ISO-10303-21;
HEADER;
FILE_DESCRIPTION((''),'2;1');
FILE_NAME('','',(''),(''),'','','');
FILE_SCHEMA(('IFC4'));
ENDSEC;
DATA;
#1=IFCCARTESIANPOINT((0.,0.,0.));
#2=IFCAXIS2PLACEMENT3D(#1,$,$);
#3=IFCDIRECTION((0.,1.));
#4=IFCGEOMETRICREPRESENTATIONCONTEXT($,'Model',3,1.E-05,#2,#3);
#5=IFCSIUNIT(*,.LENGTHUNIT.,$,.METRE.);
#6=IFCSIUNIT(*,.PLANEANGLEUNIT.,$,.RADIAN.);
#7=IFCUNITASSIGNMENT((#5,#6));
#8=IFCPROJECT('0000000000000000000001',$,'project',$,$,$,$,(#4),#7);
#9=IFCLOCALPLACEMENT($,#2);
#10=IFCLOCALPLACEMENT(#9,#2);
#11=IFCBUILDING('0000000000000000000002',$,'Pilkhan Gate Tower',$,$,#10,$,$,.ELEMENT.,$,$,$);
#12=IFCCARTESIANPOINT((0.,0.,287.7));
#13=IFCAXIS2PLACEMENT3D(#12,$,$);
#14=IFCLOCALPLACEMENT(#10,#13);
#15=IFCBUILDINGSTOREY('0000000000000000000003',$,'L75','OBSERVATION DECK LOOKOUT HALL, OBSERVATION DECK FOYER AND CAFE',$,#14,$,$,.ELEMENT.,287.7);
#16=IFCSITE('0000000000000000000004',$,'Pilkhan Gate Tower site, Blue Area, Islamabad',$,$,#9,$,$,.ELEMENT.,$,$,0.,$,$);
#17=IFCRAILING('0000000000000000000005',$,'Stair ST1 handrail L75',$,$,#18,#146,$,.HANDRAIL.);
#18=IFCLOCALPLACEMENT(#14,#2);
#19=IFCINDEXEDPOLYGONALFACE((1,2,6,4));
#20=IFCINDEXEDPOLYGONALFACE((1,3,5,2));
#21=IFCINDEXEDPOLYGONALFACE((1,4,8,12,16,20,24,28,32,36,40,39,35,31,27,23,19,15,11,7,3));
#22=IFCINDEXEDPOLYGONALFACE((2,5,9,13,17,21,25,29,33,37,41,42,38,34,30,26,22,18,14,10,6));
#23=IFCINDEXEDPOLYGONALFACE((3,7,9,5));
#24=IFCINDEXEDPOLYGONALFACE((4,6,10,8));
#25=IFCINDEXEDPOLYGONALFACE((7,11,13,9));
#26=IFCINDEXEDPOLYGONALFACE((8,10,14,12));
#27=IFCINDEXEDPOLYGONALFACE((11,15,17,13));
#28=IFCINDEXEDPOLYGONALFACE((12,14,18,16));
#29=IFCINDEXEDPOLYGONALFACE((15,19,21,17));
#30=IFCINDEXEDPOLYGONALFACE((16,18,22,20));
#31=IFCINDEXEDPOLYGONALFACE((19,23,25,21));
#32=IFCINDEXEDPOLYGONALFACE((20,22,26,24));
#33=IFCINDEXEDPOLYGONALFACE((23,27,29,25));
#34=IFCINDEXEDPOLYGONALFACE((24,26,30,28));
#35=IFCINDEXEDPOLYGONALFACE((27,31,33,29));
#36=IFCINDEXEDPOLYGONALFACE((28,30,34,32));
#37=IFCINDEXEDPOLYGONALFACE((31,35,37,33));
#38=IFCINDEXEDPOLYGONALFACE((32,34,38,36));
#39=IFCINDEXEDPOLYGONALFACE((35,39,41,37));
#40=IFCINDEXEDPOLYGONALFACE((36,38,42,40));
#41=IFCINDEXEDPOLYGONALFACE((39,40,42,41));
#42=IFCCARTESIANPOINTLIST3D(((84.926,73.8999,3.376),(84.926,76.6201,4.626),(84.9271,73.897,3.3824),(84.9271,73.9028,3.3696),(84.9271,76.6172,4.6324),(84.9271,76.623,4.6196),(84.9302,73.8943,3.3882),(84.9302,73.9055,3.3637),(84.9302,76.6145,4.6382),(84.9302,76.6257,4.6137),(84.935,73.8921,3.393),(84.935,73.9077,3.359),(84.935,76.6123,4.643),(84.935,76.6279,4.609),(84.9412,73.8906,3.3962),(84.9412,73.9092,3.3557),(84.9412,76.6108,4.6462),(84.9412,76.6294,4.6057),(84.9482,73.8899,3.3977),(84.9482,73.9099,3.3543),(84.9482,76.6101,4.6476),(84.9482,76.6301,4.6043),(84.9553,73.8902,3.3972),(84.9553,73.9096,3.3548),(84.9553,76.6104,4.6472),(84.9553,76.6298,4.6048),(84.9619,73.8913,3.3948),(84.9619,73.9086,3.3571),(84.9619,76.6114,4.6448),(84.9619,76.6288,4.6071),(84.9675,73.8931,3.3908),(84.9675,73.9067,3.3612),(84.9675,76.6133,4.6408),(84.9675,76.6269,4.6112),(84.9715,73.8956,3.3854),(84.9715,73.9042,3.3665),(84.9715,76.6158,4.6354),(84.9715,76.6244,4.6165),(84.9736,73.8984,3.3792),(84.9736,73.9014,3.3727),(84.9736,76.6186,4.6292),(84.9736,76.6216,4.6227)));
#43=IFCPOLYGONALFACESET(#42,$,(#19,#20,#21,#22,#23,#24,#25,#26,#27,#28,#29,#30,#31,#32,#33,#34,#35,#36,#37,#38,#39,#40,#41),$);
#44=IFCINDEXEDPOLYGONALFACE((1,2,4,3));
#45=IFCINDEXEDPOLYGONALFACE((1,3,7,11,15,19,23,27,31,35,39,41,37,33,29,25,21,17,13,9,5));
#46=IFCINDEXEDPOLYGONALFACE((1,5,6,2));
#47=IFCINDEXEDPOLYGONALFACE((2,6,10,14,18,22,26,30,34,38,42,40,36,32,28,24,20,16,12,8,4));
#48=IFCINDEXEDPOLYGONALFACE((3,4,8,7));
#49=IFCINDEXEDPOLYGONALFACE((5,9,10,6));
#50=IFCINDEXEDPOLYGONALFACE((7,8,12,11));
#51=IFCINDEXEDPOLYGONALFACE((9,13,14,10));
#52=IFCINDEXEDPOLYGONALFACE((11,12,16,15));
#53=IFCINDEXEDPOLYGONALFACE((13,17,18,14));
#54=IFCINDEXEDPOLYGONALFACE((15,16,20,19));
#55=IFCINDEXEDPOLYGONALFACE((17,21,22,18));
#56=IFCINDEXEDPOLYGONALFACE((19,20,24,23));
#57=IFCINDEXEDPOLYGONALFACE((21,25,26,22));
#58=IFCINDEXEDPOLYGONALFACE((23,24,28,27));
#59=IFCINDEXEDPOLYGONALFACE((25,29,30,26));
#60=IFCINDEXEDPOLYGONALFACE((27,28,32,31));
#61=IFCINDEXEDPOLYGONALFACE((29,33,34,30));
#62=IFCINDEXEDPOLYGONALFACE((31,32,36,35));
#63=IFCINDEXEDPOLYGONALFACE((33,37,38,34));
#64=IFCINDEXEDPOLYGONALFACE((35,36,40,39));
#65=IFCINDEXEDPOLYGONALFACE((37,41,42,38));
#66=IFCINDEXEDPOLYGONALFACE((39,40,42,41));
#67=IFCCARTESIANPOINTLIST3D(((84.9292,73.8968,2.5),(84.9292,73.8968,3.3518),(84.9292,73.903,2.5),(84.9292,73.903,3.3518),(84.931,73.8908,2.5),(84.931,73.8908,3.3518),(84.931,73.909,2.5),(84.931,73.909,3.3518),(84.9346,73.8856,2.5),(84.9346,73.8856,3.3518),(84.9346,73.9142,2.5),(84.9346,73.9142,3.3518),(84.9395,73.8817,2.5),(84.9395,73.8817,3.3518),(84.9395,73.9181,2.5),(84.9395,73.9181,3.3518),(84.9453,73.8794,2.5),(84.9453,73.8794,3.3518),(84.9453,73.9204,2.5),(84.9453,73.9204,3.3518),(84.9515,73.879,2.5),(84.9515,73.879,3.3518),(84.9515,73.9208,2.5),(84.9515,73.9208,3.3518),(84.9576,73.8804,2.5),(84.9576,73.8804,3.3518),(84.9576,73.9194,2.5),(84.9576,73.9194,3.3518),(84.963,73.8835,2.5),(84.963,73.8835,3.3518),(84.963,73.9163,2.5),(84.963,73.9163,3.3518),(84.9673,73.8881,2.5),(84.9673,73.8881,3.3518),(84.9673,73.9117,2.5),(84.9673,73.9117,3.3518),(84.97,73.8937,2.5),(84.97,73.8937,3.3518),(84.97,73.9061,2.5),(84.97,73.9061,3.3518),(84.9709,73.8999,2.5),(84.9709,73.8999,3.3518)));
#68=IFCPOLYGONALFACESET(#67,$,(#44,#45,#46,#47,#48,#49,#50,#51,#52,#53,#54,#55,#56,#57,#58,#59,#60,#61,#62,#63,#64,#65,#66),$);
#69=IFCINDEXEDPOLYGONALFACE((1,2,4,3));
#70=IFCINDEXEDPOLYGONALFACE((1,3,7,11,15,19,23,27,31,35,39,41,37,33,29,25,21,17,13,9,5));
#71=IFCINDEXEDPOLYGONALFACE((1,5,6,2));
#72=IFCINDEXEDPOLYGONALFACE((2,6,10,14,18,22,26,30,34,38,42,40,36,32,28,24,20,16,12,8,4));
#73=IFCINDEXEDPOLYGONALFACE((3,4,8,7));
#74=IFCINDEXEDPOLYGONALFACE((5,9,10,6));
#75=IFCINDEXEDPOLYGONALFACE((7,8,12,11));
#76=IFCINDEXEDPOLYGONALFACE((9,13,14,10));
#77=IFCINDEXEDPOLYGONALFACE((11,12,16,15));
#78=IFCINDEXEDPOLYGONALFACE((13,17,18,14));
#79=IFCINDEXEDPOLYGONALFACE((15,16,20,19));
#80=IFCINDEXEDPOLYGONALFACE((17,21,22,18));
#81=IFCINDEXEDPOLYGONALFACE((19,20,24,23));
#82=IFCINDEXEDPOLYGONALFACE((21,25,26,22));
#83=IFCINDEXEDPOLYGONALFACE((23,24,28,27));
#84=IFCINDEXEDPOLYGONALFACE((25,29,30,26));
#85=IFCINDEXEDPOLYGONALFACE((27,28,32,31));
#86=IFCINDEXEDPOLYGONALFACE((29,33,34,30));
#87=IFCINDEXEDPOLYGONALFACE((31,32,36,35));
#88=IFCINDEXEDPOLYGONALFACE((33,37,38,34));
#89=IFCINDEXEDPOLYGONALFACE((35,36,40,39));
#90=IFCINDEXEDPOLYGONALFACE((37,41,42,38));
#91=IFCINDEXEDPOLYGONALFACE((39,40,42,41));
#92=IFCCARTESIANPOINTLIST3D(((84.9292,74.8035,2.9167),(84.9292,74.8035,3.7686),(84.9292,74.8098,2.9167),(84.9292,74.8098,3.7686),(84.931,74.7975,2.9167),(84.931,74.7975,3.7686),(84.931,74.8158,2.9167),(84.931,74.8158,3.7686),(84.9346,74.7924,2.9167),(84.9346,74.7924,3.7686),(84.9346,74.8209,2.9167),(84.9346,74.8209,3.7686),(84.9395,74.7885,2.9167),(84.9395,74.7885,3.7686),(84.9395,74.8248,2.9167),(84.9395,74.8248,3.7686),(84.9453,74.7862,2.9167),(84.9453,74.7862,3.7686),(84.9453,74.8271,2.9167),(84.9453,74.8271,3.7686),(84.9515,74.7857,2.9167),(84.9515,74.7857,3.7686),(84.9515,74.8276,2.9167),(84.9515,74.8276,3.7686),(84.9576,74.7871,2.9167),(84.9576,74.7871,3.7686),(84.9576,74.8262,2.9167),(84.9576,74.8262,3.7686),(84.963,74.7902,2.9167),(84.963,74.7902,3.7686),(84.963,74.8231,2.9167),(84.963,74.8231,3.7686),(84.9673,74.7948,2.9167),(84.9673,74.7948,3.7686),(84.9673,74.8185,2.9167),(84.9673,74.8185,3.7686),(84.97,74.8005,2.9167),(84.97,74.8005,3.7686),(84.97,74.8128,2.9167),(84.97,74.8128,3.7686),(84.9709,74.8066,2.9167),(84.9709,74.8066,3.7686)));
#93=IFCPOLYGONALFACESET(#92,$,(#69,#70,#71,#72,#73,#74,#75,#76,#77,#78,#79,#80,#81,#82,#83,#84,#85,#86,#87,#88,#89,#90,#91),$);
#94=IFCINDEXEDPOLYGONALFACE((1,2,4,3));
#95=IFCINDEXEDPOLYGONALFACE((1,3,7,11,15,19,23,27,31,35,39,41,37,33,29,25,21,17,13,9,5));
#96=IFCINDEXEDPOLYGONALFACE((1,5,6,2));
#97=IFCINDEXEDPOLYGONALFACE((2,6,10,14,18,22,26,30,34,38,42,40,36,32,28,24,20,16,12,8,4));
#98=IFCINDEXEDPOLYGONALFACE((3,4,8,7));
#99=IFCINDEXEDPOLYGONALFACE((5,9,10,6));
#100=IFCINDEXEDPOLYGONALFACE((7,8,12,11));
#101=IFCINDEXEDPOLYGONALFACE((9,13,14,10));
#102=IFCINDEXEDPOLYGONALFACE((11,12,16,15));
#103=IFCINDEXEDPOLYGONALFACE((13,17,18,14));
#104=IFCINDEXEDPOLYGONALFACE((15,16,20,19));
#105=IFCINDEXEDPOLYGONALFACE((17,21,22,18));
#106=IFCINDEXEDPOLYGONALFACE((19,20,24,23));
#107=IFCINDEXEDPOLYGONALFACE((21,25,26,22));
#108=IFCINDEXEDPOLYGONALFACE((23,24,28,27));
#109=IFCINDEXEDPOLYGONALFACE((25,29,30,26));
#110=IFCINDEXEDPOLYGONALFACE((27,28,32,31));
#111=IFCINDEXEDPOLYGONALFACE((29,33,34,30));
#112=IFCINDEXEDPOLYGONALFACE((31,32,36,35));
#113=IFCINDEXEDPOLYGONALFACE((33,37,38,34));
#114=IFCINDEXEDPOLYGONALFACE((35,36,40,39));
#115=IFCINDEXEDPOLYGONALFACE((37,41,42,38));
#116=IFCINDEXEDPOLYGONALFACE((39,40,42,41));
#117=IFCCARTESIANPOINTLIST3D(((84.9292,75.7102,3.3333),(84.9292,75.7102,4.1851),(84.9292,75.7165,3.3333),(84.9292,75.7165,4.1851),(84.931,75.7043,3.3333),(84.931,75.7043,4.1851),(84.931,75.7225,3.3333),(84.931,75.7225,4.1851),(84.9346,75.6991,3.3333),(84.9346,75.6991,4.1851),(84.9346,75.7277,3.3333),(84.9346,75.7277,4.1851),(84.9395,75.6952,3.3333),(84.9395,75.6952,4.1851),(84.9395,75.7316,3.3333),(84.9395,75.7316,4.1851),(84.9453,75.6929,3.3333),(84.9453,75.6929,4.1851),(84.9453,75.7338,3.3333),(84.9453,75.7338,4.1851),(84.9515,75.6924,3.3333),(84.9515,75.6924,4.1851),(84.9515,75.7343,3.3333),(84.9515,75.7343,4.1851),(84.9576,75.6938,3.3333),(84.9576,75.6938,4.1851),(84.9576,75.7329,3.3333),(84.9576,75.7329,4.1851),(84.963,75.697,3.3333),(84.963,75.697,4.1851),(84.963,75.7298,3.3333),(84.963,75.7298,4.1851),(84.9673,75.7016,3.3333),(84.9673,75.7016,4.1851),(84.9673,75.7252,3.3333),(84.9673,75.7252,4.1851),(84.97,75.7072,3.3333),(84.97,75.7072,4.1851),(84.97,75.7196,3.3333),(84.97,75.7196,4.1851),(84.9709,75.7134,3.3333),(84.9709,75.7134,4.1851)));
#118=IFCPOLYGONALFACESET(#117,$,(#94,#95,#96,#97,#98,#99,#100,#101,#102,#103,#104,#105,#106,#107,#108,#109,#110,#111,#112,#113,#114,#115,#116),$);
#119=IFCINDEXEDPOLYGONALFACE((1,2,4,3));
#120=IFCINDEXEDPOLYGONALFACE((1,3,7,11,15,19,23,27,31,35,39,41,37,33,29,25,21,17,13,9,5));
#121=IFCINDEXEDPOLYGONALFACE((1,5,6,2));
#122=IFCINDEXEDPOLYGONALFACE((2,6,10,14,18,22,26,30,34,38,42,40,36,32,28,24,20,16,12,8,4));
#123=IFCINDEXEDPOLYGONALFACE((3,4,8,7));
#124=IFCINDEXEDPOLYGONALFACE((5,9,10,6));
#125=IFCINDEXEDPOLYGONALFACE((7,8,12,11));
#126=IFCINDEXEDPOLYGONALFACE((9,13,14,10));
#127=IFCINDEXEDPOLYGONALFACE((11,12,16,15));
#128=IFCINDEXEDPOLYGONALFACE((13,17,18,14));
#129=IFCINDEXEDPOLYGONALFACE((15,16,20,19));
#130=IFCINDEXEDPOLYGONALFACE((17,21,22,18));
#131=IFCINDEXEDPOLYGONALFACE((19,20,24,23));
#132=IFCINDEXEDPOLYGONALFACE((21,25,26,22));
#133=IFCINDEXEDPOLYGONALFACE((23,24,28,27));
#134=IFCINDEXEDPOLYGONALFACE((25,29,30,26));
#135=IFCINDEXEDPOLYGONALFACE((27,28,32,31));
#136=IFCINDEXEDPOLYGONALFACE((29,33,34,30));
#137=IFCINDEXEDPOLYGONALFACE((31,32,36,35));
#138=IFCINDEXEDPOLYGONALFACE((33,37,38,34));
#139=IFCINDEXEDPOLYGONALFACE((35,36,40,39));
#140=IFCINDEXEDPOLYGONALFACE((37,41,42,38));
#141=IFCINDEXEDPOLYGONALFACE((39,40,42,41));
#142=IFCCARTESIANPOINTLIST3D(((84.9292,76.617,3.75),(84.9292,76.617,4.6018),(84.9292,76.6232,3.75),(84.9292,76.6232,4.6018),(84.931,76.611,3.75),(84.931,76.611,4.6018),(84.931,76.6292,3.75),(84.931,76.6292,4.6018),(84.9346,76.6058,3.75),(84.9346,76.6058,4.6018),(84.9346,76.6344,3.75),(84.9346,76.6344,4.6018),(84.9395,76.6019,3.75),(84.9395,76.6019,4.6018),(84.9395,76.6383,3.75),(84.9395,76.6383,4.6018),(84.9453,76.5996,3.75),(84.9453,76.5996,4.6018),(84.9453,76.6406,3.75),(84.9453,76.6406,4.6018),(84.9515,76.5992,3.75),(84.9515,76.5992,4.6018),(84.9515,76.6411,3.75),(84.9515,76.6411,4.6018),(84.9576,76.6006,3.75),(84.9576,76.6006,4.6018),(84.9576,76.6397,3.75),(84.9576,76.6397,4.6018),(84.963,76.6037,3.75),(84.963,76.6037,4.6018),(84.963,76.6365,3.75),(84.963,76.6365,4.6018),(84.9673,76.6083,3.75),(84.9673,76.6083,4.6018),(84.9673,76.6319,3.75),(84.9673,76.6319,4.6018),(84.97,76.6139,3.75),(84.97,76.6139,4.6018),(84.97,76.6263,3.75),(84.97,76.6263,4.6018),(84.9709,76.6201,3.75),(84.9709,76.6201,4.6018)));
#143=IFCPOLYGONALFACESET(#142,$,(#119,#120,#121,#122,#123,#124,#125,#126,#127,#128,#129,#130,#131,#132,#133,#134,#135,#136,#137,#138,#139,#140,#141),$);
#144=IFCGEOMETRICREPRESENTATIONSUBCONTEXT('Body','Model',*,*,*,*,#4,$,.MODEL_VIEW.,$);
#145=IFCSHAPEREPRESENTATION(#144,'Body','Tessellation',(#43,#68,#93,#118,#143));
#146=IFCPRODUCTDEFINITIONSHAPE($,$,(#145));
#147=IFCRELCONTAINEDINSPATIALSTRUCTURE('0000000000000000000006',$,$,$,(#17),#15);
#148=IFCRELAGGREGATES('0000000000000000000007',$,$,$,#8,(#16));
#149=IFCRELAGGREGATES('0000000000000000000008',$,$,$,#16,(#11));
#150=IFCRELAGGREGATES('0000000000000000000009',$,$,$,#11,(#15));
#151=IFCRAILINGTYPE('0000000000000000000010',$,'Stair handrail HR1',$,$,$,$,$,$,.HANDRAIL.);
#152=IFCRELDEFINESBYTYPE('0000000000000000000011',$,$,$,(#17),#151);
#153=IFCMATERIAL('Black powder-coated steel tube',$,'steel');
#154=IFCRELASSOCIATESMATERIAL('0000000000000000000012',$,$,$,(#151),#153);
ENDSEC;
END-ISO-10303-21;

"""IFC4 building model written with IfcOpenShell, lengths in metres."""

from ifc_helpers import new_model, si_unit, direction, frame, origin, origin_2d, place, context, subcontext, project, spatial, circle, extrude, material, type_object, element, save


model = new_model("IFC4")

# Units and contexts
model_context = context("Model", 3, precision=1e-05, world=origin(), true_north=direction((0.0, 1.0)))
body_context = subcontext(model_context, "Body", "Model", "MODEL_VIEW")
ifc_project = project(units=[si_unit("LENGTHUNIT", "METRE"), si_unit("PLANEANGLEUNIT", "RADIAN")], contexts=[model_context])

# Site, building, storey
site_placement = place(None, origin())
site = spatial("IfcSite", under=ifc_project, at=site_placement, Name="Pilkhan Gate Tower site, Blue Area, Islamabad", CompositionType="ELEMENT", RefElevation=0.0)
building_placement = place(site_placement, origin())
building = spatial("IfcBuilding", under=site, at=building_placement, Name="Pilkhan Gate Tower", CompositionType="ELEMENT")
storey_placement = place(building_placement, frame((0.0, 0.0, 287.7)))
storey = spatial("IfcBuildingStorey", under=building, at=storey_placement, Name="L75", Description="OBSERVATION DECK LOOKOUT HALL, OBSERVATION DECK FOYER AND CAFE", CompositionType="ELEMENT", Elevation=287.7)

# Railing
ifc_material_1 = material(Name="Black powder-coated steel tube", Category="steel")
railing_type_1 = type_object("IfcRailingType", Name="Stair handrail HR1", PredefinedType="HANDRAIL", material=ifc_material_1)
railing_1_placement = place(storey_placement, frame((84.95, 73.8999, 2.5)))
element("IfcRailing", 1, at=railing_1_placement, inside=storey, type_object=railing_type_1, Name="Stair ST1 handrail L75", PredefinedType="HANDRAIL", context=body_context, shape_type="SweptSolid", body=[
    extrude(circle(Radius=0.0239, at=origin_2d()), frame((0.0, 0.0, 0.876), z_axis=(0.0, 0.908655, 0.417547), x_axis=(-1.0, 0.0, 0.0)), (0.0, 0.0, 1.0), 2.9937),
    extrude(circle(Radius=0.021, at=origin_2d()), origin(), (0.0, 0.0, 1.0), 0.8518),
    extrude(circle(Radius=0.021, at=origin_2d()), frame((0.0, 0.9067, 0.4167)), (0.0, 0.0, 1.0), 0.8518),
    extrude(circle(Radius=0.021, at=origin_2d()), frame((0.0, 1.8135, 0.8333)), (0.0, 0.0, 1.0), 0.8518),
    extrude(circle(Radius=0.021, at=origin_2d()), frame((0.0, 2.7202, 1.25)), (0.0, 0.0, 1.0), 0.8518),
])

save(model, "model.ifc")
